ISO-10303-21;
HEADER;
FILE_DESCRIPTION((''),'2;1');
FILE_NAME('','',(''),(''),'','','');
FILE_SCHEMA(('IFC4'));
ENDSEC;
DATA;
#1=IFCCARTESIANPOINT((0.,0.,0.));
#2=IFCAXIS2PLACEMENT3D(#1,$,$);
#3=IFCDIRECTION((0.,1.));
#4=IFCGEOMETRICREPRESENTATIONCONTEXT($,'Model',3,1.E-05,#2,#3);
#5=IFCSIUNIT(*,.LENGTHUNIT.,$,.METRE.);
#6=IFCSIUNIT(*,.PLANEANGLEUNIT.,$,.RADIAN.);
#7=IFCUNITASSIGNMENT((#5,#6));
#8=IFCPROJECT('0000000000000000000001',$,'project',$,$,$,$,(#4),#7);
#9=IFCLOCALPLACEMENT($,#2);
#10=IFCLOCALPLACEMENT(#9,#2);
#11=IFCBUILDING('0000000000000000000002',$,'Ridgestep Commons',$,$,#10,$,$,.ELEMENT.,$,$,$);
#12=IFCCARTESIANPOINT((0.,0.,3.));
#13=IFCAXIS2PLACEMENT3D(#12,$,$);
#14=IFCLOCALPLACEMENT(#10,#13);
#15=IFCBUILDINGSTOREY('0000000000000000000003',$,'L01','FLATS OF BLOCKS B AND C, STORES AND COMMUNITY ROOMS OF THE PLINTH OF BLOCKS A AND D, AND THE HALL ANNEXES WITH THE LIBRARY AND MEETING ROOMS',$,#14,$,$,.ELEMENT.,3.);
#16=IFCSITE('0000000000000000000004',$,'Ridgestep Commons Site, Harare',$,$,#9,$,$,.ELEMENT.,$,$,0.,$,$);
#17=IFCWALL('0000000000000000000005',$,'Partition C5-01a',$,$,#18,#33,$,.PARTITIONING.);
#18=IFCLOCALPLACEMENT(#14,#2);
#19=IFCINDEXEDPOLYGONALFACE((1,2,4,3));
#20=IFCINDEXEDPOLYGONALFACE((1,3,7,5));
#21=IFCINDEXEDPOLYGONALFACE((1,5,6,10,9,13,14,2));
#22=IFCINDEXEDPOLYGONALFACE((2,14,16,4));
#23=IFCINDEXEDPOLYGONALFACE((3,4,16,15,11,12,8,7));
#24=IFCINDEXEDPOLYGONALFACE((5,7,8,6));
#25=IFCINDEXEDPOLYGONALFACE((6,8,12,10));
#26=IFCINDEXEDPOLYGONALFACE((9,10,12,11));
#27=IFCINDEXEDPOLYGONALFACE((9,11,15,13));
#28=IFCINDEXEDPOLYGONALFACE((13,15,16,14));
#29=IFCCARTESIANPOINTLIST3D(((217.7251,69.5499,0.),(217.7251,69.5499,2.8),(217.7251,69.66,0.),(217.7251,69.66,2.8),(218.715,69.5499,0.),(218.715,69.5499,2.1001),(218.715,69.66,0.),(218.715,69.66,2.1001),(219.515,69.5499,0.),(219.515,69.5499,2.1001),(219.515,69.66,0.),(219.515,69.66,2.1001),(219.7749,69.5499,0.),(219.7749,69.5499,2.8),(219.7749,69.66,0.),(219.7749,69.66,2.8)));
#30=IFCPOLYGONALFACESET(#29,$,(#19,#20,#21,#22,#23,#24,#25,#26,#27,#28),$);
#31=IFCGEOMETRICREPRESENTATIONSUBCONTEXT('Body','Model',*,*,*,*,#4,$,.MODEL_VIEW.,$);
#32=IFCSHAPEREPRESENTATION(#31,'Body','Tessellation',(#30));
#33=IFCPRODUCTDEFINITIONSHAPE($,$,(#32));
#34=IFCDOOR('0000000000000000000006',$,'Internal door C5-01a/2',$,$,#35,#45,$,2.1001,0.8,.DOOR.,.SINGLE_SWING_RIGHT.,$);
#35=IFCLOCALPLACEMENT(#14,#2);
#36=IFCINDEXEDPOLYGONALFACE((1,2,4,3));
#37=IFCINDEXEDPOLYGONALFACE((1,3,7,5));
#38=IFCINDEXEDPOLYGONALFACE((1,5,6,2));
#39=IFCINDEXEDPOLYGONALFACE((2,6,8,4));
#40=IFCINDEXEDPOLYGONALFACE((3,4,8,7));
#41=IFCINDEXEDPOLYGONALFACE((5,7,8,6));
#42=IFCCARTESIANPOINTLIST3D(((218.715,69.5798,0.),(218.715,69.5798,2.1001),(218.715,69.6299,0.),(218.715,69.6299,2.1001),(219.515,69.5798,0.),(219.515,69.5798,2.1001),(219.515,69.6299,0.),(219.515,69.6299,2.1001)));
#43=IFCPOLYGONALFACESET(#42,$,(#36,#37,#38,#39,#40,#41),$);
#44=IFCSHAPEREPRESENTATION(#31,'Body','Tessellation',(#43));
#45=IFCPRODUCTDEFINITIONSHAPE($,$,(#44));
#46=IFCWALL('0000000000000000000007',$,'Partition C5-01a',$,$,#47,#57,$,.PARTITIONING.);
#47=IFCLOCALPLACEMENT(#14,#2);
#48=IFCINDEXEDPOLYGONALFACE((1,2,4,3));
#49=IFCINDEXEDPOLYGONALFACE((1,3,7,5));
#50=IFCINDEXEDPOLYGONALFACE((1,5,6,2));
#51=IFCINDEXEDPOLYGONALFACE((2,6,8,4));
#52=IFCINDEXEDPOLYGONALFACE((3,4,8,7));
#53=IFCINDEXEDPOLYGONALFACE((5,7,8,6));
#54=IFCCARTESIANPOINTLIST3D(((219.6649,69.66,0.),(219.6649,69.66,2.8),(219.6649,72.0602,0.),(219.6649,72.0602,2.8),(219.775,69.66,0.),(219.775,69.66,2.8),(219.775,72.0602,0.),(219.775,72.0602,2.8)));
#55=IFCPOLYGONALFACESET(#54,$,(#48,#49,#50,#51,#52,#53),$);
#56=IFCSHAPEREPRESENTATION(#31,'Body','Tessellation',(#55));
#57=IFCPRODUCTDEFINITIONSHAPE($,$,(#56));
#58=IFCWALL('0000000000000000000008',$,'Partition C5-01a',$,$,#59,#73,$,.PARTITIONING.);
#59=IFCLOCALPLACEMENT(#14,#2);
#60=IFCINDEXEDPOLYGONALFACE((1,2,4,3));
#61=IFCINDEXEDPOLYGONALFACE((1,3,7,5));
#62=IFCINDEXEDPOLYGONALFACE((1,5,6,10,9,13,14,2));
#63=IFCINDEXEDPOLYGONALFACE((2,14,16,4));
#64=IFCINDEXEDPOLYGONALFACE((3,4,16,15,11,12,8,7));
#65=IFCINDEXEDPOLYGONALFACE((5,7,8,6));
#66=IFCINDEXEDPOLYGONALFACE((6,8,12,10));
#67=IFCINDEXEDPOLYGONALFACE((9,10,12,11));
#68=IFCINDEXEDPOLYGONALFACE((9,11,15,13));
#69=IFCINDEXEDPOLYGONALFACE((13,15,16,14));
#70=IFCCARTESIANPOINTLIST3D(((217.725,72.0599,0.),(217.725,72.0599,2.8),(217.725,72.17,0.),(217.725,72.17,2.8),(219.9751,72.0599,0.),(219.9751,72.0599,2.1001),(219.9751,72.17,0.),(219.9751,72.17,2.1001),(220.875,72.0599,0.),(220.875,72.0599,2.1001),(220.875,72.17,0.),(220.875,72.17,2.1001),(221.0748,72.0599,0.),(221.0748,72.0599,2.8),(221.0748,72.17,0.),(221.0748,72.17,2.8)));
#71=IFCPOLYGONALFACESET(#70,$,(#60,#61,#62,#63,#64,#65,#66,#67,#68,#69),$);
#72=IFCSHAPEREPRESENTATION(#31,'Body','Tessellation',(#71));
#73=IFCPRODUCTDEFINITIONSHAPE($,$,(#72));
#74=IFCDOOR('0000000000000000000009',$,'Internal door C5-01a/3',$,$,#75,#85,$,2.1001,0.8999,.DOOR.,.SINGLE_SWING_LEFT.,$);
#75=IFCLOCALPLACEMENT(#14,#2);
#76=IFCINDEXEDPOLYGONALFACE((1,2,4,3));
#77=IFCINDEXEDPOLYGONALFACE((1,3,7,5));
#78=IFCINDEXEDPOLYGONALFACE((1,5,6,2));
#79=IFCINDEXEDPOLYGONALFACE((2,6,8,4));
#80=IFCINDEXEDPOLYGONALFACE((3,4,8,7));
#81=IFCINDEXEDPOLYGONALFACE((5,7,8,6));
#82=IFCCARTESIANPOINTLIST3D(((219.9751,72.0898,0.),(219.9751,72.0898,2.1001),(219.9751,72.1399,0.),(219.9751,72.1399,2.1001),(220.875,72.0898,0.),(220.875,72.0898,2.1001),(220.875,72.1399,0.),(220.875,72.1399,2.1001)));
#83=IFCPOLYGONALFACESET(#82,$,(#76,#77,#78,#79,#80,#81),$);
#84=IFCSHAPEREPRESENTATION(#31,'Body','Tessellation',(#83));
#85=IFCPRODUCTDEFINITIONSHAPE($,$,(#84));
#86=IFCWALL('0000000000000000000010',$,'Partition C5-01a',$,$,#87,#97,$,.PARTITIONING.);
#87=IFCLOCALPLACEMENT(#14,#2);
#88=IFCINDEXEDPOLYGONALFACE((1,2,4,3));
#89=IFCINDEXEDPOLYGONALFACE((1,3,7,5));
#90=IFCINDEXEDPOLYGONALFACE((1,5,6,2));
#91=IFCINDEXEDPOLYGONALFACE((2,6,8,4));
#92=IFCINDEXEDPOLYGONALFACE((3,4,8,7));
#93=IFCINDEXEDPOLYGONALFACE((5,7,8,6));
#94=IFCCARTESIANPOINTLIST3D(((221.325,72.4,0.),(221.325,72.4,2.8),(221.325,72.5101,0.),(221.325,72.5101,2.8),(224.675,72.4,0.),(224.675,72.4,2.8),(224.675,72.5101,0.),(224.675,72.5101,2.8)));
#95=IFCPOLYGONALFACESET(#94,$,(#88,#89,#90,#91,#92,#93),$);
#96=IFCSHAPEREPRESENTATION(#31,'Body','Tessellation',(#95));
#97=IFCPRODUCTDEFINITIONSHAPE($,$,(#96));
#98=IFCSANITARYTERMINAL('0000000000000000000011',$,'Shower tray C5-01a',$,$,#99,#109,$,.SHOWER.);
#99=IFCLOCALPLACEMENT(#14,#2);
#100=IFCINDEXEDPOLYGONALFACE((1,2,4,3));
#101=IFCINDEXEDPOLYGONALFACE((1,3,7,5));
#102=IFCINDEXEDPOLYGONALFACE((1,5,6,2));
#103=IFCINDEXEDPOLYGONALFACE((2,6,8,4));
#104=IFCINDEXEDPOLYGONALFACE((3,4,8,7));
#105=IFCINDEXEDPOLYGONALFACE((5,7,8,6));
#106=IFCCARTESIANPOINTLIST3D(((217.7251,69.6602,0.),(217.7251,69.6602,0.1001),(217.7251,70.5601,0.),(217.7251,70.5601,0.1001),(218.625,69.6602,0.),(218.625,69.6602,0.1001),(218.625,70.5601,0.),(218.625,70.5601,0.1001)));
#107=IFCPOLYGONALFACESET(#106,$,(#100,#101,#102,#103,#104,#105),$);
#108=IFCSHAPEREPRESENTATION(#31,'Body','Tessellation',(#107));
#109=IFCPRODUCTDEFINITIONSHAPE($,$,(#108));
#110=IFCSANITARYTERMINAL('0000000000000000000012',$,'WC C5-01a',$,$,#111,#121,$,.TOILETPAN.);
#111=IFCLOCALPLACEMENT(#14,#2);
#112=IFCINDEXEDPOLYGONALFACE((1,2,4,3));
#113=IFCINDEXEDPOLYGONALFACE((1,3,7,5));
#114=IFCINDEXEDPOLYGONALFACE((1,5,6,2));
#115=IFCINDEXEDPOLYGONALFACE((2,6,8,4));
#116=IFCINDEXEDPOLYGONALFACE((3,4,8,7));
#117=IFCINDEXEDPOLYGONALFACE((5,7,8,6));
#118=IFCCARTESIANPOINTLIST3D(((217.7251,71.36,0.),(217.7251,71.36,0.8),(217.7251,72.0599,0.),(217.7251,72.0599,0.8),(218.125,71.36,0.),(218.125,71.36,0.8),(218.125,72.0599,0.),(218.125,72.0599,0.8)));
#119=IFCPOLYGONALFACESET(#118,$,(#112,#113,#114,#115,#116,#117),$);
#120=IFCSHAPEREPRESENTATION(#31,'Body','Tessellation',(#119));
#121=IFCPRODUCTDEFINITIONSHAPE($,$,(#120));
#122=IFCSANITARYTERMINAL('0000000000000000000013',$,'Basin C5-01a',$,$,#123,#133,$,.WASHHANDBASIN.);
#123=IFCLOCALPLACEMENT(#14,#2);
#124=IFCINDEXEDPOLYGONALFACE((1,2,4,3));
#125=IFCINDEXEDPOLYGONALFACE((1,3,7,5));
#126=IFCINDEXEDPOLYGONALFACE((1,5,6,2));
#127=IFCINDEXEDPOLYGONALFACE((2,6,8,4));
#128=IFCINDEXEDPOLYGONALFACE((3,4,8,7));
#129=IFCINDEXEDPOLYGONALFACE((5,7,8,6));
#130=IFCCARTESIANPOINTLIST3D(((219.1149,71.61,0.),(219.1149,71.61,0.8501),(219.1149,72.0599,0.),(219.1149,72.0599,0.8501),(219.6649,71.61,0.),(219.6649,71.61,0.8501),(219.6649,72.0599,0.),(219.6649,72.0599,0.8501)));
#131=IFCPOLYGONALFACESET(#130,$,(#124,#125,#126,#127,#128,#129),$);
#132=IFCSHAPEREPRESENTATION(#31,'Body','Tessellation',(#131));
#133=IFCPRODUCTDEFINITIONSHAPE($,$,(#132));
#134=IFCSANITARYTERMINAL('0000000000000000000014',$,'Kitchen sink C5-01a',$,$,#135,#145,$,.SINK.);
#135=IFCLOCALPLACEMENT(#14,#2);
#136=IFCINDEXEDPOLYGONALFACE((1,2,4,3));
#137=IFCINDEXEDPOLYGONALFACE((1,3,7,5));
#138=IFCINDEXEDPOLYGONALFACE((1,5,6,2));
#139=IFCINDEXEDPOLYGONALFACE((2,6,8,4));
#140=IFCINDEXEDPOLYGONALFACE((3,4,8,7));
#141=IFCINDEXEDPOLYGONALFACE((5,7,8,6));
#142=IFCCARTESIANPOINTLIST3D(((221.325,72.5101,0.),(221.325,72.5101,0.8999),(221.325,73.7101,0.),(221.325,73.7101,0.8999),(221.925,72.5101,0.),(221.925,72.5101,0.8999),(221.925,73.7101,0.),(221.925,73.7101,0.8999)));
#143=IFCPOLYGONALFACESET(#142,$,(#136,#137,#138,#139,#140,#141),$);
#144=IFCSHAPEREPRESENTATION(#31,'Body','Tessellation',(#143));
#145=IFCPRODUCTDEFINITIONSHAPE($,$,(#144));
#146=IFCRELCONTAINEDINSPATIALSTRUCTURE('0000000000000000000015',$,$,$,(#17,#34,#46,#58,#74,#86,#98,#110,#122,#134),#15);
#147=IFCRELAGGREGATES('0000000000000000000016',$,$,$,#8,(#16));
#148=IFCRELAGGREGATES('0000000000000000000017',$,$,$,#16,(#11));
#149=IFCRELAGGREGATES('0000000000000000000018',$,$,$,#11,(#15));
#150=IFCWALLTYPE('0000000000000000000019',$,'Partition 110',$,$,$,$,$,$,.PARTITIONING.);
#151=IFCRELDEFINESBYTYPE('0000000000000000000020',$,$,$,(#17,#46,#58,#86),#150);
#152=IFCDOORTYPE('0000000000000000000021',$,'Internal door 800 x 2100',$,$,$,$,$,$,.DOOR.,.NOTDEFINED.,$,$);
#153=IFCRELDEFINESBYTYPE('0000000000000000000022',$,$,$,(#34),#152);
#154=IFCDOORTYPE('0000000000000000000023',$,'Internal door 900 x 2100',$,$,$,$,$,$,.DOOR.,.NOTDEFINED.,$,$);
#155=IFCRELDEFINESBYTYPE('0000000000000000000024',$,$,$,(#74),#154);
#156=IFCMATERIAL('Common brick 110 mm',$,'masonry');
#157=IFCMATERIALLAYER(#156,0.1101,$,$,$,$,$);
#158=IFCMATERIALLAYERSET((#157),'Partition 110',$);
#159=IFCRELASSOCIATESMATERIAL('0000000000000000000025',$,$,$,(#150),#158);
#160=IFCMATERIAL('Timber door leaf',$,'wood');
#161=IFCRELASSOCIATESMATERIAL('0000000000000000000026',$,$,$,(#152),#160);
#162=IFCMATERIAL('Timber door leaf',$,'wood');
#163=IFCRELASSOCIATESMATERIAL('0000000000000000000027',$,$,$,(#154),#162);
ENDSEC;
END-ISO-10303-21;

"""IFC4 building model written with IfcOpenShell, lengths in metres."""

from ifc_helpers import new_model, si_unit, direction, frame, frame_2d, origin, origin_2d, place, context, subcontext, project, spatial, rectangle, extrude, material, layer, layer_set, type_object, element, fill, save


model = new_model("IFC4")

# Units and contexts
model_context = context("Model", 3, precision=1e-05, world=origin(), true_north=direction((0.0, 1.0)))
body_context = subcontext(model_context, "Body", "Model", "MODEL_VIEW")
ifc_project = project(units=[si_unit("LENGTHUNIT", "METRE"), si_unit("PLANEANGLEUNIT", "RADIAN")], contexts=[model_context])

# Site, building, storey
site_placement = place(None, origin())
site = spatial("IfcSite", under=ifc_project, at=site_placement, Name="Ridgestep Commons Site, Harare", CompositionType="ELEMENT", RefElevation=0.0)
building_placement = place(site_placement, origin())
building = spatial("IfcBuilding", under=site, at=building_placement, Name="Ridgestep Commons", CompositionType="ELEMENT")
storey_placement = place(building_placement, frame((0.0, 0.0, 3.0)))
storey = spatial("IfcBuildingStorey", under=building, at=storey_placement, Name="L01", Description="FLATS OF BLOCKS B AND C, STORES AND COMMUNITY ROOMS OF THE PLINTH OF BLOCKS A AND D, AND THE HALL ANNEXES WITH THE LIBRARY AND MEETING ROOMS", CompositionType="ELEMENT", Elevation=3.0)

# Wall, opening, door
ifc_material_1 = material(Name="Common brick 110 mm", Category="masonry")
ifc_layer_1 = layer(ifc_material_1, 0.1101)
ifc_layer_set_1 = layer_set([ifc_layer_1], Name="Partition 110")
wall_type_1 = type_object("IfcWallType", Name="Partition 110", PredefinedType="PARTITIONING", material=ifc_layer_set_1)
wall_1_placement = place(storey_placement, frame((217.7251, 69.605, 0.0), z_axis=(0.0, 0.0, 1.0), x_axis=(1.0, 0.0, 0.0)))
wall_1 = element("IfcWall", 1, at=wall_1_placement, inside=storey, type_object=wall_type_1, Name="Partition C5-01a", PredefinedType="PARTITIONING", context=body_context, shape_type="SweptSolid", body=[
    extrude(rectangle(XDim=2.0498, YDim=0.1101, at=frame_2d((1.0249, 0.0))), origin(), (0.0, 0.0, 1.0), 2.8),
])
opening_1_placement = place(wall_1_placement, frame((0.99, 0.0, 0.0)))
opening_1 = element("IfcOpeningElement", 2, at=opening_1_placement, cuts=wall_1, PredefinedType="OPENING", context=body_context, shape_type="SweptSolid", body=[
    extrude(rectangle(XDim=0.8, YDim=2.1001, at=frame_2d((0.3999, 1.05))), frame((0.0, 0.0649, 0.0), z_axis=(0.0, -1.0, 0.0), x_axis=(1.0, 0.0, 0.0)), (0.0, 0.0, 1.0), 0.1301),
])
ifc_material_2 = material(Name="Timber door leaf", Category="wood")
door_type_1 = type_object("IfcDoorType", Name="Internal door 800 x 2100", OperationType="NOTDEFINED", PredefinedType="DOOR", material=ifc_material_2)
door_1_placement = place(opening_1_placement, origin())
door_1 = element("IfcDoor", 3, at=door_1_placement, inside=storey, type_object=door_type_1, Name="Internal door C5-01a/2", OperationType="SINGLE_SWING_RIGHT", OverallHeight=2.1001, OverallWidth=0.8, PredefinedType="DOOR", context=body_context, shape_type="SweptSolid", body=[
    extrude(rectangle(XDim=0.8, YDim=2.1001, at=frame_2d((0.3999, 1.05))), frame((0.0, 0.0249, 0.0), z_axis=(0.0, -1.0, 0.0), x_axis=(1.0, 0.0, 0.0)), (0.0, 0.0, 1.0), 0.05),
])
fill(opening_1, door_1)

# Wall
wall_2_placement = place(storey_placement, frame((219.72, 69.6599, 0.0), z_axis=(0.0, 0.0, 1.0), x_axis=(0.0, 1.0, 0.0)))
element("IfcWall", 4, at=wall_2_placement, inside=storey, type_object=wall_type_1, Name="Partition C5-01a", PredefinedType="PARTITIONING", context=body_context, shape_type="SweptSolid", body=[
    extrude(rectangle(XDim=2.4001, YDim=0.1101, at=frame_2d((1.2002, 0.0))), origin(), (0.0, 0.0, 1.0), 2.8),
])

# Wall, opening, door
wall_3_placement = place(storey_placement, frame((217.7251, 72.115, 0.0), z_axis=(0.0, 0.0, 1.0), x_axis=(1.0, 0.0, 0.0)))
wall_3 = element("IfcWall", 5, at=wall_3_placement, inside=storey, type_object=wall_type_1, Name="Partition C5-01a", PredefinedType="PARTITIONING", context=body_context, shape_type="SweptSolid", body=[
    extrude(rectangle(XDim=3.3499, YDim=0.1101, at=frame_2d((1.6748, 0.0))), origin(), (0.0, 0.0, 1.0), 2.8),
])
opening_2_placement = place(wall_3_placement, frame((2.25, 0.0, 0.0)))
opening_2 = element("IfcOpeningElement", 6, at=opening_2_placement, cuts=wall_3, PredefinedType="OPENING", context=body_context, shape_type="SweptSolid", body=[
    extrude(rectangle(XDim=0.8999, YDim=2.1001, at=frame_2d((0.45, 1.05))), frame((0.0, 0.0649, 0.0), z_axis=(0.0, -1.0, 0.0), x_axis=(1.0, 0.0, 0.0)), (0.0, 0.0, 1.0), 0.1301),
])
ifc_material_3 = material(Name="Timber door leaf", Category="wood")
door_type_2 = type_object("IfcDoorType", Name="Internal door 900 x 2100", OperationType="NOTDEFINED", PredefinedType="DOOR", material=ifc_material_3)
door_2_placement = place(opening_2_placement, origin())
door_2 = element("IfcDoor", 7, at=door_2_placement, inside=storey, type_object=door_type_2, Name="Internal door C5-01a/3", OperationType="SINGLE_SWING_LEFT", OverallHeight=2.1001, OverallWidth=0.8999, PredefinedType="DOOR", context=body_context, shape_type="SweptSolid", body=[
    extrude(rectangle(XDim=0.8999, YDim=2.1001, at=frame_2d((0.45, 1.05))), frame((0.0, 0.0249, 0.0), z_axis=(0.0, -1.0, 0.0), x_axis=(1.0, 0.0, 0.0)), (0.0, 0.0, 1.0), 0.05),
])
fill(opening_2, door_2)

# Wall
wall_4_placement = place(storey_placement, frame((221.325, 72.4551, 0.0), z_axis=(0.0, 0.0, 1.0), x_axis=(1.0, 0.0, 0.0)))
element("IfcWall", 8, at=wall_4_placement, inside=storey, type_object=wall_type_1, Name="Partition C5-01a", PredefinedType="PARTITIONING", context=body_context, shape_type="SweptSolid", body=[
    extrude(rectangle(XDim=3.3501, YDim=0.1101, at=frame_2d((1.675, 0.0))), origin(), (0.0, 0.0, 1.0), 2.8),
])

# Sanitary terminals
sanitary_terminal_1_placement = place(storey_placement, frame((218.175, 70.1101, 0.0), z_axis=(0.0, 0.0, 1.0), x_axis=(1.0, 0.0, 0.0)))
element("IfcSanitaryTerminal", 9, at=sanitary_terminal_1_placement, inside=storey, Name="Shower tray C5-01a", PredefinedType="SHOWER", context=body_context, shape_type="SweptSolid", body=[
    extrude(rectangle(XDim=0.8999, YDim=0.8999, at=origin_2d()), origin(), (0.0, 0.0, 1.0), 0.1001),
])
sanitary_terminal_2_placement = place(storey_placement, frame((217.925, 71.71, 0.0), z_axis=(0.0, 0.0, 1.0), x_axis=(1.0, 0.0, 0.0)))
element("IfcSanitaryTerminal", 10, at=sanitary_terminal_2_placement, inside=storey, Name="WC C5-01a", PredefinedType="TOILETPAN", context=body_context, shape_type="SweptSolid", body=[
    extrude(rectangle(XDim=0.3999, YDim=0.7, at=origin_2d()), origin(), (0.0, 0.0, 1.0), 0.8),
])
sanitary_terminal_3_placement = place(storey_placement, frame((219.3899, 71.835, 0.0), z_axis=(0.0, 0.0, 1.0), x_axis=(1.0, 0.0, 0.0)))
element("IfcSanitaryTerminal", 11, at=sanitary_terminal_3_placement, inside=storey, Name="Basin C5-01a", PredefinedType="WASHHANDBASIN", context=body_context, shape_type="SweptSolid", body=[
    extrude(rectangle(XDim=0.55, YDim=0.45, at=origin_2d()), origin(), (0.0, 0.0, 1.0), 0.8501),
])
sanitary_terminal_4_placement = place(storey_placement, frame((221.625, 73.1101, 0.0), z_axis=(0.0, 0.0, 1.0), x_axis=(1.0, 0.0, 0.0)))
element("IfcSanitaryTerminal", 12, at=sanitary_terminal_4_placement, inside=storey, Name="Kitchen sink C5-01a", PredefinedType="SINK", context=body_context, shape_type="SweptSolid", body=[
    extrude(rectangle(XDim=0.6001, YDim=1.2, at=origin_2d()), origin(), (0.0, 0.0, 1.0), 0.8999),
])

save(model, "model.ifc")
